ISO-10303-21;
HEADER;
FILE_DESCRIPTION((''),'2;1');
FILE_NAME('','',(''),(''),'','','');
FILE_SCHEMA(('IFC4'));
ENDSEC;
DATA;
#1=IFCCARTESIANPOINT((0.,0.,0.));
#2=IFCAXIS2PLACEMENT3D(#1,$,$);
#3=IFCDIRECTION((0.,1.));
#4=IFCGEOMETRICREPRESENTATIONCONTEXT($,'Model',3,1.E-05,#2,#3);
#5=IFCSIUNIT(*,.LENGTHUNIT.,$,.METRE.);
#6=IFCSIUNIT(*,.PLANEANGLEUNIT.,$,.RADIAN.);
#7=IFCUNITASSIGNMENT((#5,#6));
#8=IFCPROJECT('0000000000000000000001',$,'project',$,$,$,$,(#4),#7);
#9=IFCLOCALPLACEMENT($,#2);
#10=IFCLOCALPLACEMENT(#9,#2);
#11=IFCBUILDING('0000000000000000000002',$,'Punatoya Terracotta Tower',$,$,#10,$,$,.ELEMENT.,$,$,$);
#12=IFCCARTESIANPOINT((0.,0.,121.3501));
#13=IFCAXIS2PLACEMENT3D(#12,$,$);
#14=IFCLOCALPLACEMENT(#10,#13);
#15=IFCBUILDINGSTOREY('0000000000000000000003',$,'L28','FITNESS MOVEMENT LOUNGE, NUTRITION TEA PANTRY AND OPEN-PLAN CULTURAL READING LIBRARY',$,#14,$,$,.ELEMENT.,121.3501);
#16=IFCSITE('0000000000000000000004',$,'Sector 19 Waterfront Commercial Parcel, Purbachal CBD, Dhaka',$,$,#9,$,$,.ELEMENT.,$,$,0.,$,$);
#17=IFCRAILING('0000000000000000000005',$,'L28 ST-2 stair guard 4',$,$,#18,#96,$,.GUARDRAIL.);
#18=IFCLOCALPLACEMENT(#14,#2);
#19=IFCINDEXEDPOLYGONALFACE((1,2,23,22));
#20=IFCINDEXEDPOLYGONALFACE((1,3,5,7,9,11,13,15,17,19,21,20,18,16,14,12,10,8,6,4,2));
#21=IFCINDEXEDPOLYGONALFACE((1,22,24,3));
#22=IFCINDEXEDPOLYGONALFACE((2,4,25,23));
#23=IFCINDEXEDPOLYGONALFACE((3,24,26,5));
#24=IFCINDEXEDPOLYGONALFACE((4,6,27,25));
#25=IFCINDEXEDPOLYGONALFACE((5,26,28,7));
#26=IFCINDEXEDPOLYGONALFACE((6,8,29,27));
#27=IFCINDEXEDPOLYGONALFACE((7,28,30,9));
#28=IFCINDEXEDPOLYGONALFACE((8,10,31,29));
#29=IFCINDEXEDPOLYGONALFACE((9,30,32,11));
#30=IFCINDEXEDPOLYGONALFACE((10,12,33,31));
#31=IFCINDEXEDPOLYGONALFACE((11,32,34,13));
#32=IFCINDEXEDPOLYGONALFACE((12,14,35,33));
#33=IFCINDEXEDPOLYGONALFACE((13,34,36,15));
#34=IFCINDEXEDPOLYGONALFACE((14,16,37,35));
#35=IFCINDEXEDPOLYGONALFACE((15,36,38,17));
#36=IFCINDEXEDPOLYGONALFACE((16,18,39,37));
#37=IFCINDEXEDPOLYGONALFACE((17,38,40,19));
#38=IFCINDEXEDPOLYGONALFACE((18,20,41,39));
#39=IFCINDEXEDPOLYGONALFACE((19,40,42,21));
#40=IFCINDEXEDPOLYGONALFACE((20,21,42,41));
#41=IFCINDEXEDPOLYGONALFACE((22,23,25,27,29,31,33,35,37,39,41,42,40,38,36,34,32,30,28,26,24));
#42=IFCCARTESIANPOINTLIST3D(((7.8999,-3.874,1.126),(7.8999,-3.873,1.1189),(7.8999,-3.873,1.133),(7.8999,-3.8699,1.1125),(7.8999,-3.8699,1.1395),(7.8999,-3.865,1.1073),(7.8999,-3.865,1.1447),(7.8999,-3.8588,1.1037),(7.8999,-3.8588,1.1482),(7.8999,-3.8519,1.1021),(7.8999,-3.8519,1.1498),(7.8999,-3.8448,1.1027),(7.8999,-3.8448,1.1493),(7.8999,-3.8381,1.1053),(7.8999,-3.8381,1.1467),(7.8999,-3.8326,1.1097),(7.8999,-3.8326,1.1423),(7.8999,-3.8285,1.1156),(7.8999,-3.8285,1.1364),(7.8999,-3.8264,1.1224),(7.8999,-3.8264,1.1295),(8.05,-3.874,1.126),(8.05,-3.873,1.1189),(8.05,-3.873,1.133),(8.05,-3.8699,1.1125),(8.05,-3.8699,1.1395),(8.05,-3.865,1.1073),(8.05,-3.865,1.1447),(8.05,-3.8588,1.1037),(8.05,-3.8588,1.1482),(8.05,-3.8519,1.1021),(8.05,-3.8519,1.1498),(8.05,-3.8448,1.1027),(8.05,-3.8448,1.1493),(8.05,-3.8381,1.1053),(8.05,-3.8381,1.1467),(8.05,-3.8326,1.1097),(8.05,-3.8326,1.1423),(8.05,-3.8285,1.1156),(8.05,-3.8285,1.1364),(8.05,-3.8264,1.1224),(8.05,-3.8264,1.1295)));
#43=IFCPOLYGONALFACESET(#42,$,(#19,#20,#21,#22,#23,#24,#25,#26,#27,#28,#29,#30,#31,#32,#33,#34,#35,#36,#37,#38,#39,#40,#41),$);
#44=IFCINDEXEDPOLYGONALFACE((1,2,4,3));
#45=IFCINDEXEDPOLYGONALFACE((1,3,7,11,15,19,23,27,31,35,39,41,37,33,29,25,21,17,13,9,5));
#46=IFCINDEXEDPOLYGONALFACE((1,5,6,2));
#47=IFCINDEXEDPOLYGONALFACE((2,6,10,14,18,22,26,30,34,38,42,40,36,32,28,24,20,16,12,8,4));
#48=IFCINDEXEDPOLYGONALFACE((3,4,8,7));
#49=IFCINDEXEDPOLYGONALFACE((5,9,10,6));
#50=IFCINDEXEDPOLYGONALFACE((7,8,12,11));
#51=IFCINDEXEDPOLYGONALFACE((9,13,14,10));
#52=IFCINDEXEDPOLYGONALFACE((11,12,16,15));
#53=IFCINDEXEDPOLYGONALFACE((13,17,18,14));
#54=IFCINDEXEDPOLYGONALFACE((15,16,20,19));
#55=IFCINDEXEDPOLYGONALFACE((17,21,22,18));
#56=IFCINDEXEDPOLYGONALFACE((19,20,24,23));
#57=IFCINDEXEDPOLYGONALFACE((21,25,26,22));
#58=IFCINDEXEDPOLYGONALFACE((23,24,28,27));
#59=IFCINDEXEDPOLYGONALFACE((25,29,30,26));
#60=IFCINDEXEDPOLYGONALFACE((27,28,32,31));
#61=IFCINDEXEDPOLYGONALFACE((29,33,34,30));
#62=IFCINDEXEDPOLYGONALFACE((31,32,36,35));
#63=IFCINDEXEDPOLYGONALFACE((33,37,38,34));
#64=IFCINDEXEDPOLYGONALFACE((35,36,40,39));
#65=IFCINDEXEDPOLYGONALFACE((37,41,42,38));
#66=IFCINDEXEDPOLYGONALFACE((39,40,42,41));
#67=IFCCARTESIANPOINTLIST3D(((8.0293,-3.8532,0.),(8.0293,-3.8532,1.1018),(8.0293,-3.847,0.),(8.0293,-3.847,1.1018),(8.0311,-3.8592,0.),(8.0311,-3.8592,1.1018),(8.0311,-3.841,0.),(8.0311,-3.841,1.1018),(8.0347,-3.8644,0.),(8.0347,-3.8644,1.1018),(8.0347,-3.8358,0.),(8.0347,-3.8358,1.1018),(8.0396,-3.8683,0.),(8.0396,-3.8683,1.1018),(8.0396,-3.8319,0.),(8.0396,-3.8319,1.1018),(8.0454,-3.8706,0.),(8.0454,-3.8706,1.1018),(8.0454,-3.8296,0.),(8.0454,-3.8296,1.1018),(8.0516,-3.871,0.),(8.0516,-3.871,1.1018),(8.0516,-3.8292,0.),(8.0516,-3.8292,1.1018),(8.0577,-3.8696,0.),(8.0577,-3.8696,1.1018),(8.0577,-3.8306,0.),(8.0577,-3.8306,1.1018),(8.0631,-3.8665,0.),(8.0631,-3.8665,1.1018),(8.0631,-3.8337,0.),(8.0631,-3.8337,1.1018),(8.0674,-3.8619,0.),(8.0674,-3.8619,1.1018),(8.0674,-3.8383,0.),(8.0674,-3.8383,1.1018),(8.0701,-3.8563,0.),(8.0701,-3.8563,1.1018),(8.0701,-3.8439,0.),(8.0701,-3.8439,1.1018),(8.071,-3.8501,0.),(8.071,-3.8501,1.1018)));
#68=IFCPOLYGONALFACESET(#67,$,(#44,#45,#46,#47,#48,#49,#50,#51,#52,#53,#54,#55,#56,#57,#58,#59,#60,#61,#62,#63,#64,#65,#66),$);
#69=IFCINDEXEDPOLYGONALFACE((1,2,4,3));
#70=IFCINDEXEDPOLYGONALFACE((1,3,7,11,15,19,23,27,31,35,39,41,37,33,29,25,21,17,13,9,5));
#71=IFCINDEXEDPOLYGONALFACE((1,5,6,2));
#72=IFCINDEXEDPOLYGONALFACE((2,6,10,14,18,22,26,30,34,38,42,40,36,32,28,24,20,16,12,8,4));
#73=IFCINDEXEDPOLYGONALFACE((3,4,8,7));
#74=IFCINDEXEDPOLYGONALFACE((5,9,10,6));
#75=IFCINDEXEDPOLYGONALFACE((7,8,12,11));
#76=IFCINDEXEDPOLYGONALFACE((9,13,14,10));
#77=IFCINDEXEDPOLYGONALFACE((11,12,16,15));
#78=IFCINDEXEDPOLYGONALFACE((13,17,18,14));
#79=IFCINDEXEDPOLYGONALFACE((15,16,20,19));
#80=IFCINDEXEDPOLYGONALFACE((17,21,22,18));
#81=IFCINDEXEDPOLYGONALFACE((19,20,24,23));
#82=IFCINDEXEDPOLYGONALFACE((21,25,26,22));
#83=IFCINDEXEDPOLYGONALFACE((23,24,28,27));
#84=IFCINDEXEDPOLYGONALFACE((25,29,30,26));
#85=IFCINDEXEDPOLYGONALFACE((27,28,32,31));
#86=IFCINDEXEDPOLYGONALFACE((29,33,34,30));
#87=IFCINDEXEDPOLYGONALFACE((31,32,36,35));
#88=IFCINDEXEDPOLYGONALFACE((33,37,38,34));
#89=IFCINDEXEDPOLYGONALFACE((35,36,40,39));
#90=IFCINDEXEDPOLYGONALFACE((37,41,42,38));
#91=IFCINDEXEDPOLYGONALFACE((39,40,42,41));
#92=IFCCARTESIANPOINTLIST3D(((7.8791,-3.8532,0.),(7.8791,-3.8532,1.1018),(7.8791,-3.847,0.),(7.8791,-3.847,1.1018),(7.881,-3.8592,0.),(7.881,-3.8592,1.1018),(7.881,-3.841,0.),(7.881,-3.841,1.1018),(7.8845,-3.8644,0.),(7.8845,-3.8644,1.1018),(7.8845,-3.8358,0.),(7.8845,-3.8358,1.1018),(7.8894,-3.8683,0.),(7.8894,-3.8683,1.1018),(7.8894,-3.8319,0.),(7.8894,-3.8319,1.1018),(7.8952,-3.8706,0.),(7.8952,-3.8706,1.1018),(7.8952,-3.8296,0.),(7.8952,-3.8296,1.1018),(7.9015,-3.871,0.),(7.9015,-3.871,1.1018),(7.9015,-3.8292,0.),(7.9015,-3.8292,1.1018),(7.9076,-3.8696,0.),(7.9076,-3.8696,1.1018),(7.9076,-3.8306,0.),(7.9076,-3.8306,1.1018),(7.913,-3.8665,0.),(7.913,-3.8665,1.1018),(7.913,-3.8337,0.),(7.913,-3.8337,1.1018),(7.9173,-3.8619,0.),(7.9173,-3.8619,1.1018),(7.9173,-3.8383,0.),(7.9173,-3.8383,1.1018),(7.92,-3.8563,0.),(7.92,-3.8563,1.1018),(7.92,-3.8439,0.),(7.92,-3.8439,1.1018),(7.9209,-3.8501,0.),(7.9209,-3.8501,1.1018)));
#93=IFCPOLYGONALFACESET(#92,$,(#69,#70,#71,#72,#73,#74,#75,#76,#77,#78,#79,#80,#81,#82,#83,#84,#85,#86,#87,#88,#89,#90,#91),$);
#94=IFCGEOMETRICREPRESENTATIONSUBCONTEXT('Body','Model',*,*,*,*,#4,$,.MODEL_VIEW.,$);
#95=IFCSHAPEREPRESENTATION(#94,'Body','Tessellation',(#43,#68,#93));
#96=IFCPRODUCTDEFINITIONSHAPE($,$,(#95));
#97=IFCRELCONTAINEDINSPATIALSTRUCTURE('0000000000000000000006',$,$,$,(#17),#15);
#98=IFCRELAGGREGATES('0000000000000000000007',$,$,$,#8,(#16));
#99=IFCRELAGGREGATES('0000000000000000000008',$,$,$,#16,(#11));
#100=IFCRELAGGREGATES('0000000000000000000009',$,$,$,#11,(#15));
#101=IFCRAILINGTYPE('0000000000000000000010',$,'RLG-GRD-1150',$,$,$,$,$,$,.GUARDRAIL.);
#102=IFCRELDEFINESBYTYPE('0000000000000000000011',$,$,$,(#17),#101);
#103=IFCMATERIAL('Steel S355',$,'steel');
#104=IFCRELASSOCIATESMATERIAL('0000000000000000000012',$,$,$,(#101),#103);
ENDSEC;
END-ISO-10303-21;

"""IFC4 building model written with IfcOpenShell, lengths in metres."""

from ifc_helpers import new_model, si_unit, direction, frame, origin, origin_2d, place, context, subcontext, project, spatial, circle, extrude, material, type_object, element, save


model = new_model("IFC4")

# Units and contexts
model_context = context("Model", 3, precision=1e-05, world=origin(), true_north=direction((0.0, 1.0)))
body_context = subcontext(model_context, "Body", "Model", "MODEL_VIEW")
ifc_project = project(units=[si_unit("LENGTHUNIT", "METRE"), si_unit("PLANEANGLEUNIT", "RADIAN")], contexts=[model_context])

# Site, building, storey
site_placement = place(None, origin())
site = spatial("IfcSite", under=ifc_project, at=site_placement, Name="Sector 19 Waterfront Commercial Parcel, Purbachal CBD, Dhaka", CompositionType="ELEMENT", RefElevation=0.0)
building_placement = place(site_placement, origin())
building = spatial("IfcBuilding", under=site, at=building_placement, Name="Punatoya Terracotta Tower", CompositionType="ELEMENT")
storey_placement = place(building_placement, frame((0.0, 0.0, 121.3501)))
storey = spatial("IfcBuildingStorey", under=building, at=storey_placement, Name="L28", Description="FITNESS MOVEMENT LOUNGE, NUTRITION TEA PANTRY AND OPEN-PLAN CULTURAL READING LIBRARY", CompositionType="ELEMENT", Elevation=121.3501)

# Shared definitions
ifc_material_1 = material(Name="Steel S355", Category="steel")

# Railing
railing_type_1 = type_object("IfcRailingType", Name="RLG-GRD-1150", PredefinedType="GUARDRAIL", material=ifc_material_1)
railing_1_placement = place(storey_placement, frame((8.05, -3.8501, 0.0)))
element("IfcRailing", 1, at=railing_1_placement, inside=storey, type_object=railing_type_1, Name="L28 ST-2 stair guard 4", PredefinedType="GUARDRAIL", context=body_context, shape_type="SweptSolid", body=[
    extrude(circle(Radius=0.0239, at=origin_2d()), frame((0.0, 0.0, 1.126), z_axis=(-1.0, 0.0, 0.0), x_axis=(0.0, -1.0, 0.0)), (0.0, 0.0, 1.0), 0.1501),
    extrude(circle(Radius=0.021, at=origin_2d()), origin(), (0.0, 0.0, 1.0), 1.1018),
    extrude(circle(Radius=0.021, at=origin_2d()), frame((-0.1501, 0.0, 0.0)), (0.0, 0.0, 1.0), 1.1018),
])

save(model, "model.ifc")
